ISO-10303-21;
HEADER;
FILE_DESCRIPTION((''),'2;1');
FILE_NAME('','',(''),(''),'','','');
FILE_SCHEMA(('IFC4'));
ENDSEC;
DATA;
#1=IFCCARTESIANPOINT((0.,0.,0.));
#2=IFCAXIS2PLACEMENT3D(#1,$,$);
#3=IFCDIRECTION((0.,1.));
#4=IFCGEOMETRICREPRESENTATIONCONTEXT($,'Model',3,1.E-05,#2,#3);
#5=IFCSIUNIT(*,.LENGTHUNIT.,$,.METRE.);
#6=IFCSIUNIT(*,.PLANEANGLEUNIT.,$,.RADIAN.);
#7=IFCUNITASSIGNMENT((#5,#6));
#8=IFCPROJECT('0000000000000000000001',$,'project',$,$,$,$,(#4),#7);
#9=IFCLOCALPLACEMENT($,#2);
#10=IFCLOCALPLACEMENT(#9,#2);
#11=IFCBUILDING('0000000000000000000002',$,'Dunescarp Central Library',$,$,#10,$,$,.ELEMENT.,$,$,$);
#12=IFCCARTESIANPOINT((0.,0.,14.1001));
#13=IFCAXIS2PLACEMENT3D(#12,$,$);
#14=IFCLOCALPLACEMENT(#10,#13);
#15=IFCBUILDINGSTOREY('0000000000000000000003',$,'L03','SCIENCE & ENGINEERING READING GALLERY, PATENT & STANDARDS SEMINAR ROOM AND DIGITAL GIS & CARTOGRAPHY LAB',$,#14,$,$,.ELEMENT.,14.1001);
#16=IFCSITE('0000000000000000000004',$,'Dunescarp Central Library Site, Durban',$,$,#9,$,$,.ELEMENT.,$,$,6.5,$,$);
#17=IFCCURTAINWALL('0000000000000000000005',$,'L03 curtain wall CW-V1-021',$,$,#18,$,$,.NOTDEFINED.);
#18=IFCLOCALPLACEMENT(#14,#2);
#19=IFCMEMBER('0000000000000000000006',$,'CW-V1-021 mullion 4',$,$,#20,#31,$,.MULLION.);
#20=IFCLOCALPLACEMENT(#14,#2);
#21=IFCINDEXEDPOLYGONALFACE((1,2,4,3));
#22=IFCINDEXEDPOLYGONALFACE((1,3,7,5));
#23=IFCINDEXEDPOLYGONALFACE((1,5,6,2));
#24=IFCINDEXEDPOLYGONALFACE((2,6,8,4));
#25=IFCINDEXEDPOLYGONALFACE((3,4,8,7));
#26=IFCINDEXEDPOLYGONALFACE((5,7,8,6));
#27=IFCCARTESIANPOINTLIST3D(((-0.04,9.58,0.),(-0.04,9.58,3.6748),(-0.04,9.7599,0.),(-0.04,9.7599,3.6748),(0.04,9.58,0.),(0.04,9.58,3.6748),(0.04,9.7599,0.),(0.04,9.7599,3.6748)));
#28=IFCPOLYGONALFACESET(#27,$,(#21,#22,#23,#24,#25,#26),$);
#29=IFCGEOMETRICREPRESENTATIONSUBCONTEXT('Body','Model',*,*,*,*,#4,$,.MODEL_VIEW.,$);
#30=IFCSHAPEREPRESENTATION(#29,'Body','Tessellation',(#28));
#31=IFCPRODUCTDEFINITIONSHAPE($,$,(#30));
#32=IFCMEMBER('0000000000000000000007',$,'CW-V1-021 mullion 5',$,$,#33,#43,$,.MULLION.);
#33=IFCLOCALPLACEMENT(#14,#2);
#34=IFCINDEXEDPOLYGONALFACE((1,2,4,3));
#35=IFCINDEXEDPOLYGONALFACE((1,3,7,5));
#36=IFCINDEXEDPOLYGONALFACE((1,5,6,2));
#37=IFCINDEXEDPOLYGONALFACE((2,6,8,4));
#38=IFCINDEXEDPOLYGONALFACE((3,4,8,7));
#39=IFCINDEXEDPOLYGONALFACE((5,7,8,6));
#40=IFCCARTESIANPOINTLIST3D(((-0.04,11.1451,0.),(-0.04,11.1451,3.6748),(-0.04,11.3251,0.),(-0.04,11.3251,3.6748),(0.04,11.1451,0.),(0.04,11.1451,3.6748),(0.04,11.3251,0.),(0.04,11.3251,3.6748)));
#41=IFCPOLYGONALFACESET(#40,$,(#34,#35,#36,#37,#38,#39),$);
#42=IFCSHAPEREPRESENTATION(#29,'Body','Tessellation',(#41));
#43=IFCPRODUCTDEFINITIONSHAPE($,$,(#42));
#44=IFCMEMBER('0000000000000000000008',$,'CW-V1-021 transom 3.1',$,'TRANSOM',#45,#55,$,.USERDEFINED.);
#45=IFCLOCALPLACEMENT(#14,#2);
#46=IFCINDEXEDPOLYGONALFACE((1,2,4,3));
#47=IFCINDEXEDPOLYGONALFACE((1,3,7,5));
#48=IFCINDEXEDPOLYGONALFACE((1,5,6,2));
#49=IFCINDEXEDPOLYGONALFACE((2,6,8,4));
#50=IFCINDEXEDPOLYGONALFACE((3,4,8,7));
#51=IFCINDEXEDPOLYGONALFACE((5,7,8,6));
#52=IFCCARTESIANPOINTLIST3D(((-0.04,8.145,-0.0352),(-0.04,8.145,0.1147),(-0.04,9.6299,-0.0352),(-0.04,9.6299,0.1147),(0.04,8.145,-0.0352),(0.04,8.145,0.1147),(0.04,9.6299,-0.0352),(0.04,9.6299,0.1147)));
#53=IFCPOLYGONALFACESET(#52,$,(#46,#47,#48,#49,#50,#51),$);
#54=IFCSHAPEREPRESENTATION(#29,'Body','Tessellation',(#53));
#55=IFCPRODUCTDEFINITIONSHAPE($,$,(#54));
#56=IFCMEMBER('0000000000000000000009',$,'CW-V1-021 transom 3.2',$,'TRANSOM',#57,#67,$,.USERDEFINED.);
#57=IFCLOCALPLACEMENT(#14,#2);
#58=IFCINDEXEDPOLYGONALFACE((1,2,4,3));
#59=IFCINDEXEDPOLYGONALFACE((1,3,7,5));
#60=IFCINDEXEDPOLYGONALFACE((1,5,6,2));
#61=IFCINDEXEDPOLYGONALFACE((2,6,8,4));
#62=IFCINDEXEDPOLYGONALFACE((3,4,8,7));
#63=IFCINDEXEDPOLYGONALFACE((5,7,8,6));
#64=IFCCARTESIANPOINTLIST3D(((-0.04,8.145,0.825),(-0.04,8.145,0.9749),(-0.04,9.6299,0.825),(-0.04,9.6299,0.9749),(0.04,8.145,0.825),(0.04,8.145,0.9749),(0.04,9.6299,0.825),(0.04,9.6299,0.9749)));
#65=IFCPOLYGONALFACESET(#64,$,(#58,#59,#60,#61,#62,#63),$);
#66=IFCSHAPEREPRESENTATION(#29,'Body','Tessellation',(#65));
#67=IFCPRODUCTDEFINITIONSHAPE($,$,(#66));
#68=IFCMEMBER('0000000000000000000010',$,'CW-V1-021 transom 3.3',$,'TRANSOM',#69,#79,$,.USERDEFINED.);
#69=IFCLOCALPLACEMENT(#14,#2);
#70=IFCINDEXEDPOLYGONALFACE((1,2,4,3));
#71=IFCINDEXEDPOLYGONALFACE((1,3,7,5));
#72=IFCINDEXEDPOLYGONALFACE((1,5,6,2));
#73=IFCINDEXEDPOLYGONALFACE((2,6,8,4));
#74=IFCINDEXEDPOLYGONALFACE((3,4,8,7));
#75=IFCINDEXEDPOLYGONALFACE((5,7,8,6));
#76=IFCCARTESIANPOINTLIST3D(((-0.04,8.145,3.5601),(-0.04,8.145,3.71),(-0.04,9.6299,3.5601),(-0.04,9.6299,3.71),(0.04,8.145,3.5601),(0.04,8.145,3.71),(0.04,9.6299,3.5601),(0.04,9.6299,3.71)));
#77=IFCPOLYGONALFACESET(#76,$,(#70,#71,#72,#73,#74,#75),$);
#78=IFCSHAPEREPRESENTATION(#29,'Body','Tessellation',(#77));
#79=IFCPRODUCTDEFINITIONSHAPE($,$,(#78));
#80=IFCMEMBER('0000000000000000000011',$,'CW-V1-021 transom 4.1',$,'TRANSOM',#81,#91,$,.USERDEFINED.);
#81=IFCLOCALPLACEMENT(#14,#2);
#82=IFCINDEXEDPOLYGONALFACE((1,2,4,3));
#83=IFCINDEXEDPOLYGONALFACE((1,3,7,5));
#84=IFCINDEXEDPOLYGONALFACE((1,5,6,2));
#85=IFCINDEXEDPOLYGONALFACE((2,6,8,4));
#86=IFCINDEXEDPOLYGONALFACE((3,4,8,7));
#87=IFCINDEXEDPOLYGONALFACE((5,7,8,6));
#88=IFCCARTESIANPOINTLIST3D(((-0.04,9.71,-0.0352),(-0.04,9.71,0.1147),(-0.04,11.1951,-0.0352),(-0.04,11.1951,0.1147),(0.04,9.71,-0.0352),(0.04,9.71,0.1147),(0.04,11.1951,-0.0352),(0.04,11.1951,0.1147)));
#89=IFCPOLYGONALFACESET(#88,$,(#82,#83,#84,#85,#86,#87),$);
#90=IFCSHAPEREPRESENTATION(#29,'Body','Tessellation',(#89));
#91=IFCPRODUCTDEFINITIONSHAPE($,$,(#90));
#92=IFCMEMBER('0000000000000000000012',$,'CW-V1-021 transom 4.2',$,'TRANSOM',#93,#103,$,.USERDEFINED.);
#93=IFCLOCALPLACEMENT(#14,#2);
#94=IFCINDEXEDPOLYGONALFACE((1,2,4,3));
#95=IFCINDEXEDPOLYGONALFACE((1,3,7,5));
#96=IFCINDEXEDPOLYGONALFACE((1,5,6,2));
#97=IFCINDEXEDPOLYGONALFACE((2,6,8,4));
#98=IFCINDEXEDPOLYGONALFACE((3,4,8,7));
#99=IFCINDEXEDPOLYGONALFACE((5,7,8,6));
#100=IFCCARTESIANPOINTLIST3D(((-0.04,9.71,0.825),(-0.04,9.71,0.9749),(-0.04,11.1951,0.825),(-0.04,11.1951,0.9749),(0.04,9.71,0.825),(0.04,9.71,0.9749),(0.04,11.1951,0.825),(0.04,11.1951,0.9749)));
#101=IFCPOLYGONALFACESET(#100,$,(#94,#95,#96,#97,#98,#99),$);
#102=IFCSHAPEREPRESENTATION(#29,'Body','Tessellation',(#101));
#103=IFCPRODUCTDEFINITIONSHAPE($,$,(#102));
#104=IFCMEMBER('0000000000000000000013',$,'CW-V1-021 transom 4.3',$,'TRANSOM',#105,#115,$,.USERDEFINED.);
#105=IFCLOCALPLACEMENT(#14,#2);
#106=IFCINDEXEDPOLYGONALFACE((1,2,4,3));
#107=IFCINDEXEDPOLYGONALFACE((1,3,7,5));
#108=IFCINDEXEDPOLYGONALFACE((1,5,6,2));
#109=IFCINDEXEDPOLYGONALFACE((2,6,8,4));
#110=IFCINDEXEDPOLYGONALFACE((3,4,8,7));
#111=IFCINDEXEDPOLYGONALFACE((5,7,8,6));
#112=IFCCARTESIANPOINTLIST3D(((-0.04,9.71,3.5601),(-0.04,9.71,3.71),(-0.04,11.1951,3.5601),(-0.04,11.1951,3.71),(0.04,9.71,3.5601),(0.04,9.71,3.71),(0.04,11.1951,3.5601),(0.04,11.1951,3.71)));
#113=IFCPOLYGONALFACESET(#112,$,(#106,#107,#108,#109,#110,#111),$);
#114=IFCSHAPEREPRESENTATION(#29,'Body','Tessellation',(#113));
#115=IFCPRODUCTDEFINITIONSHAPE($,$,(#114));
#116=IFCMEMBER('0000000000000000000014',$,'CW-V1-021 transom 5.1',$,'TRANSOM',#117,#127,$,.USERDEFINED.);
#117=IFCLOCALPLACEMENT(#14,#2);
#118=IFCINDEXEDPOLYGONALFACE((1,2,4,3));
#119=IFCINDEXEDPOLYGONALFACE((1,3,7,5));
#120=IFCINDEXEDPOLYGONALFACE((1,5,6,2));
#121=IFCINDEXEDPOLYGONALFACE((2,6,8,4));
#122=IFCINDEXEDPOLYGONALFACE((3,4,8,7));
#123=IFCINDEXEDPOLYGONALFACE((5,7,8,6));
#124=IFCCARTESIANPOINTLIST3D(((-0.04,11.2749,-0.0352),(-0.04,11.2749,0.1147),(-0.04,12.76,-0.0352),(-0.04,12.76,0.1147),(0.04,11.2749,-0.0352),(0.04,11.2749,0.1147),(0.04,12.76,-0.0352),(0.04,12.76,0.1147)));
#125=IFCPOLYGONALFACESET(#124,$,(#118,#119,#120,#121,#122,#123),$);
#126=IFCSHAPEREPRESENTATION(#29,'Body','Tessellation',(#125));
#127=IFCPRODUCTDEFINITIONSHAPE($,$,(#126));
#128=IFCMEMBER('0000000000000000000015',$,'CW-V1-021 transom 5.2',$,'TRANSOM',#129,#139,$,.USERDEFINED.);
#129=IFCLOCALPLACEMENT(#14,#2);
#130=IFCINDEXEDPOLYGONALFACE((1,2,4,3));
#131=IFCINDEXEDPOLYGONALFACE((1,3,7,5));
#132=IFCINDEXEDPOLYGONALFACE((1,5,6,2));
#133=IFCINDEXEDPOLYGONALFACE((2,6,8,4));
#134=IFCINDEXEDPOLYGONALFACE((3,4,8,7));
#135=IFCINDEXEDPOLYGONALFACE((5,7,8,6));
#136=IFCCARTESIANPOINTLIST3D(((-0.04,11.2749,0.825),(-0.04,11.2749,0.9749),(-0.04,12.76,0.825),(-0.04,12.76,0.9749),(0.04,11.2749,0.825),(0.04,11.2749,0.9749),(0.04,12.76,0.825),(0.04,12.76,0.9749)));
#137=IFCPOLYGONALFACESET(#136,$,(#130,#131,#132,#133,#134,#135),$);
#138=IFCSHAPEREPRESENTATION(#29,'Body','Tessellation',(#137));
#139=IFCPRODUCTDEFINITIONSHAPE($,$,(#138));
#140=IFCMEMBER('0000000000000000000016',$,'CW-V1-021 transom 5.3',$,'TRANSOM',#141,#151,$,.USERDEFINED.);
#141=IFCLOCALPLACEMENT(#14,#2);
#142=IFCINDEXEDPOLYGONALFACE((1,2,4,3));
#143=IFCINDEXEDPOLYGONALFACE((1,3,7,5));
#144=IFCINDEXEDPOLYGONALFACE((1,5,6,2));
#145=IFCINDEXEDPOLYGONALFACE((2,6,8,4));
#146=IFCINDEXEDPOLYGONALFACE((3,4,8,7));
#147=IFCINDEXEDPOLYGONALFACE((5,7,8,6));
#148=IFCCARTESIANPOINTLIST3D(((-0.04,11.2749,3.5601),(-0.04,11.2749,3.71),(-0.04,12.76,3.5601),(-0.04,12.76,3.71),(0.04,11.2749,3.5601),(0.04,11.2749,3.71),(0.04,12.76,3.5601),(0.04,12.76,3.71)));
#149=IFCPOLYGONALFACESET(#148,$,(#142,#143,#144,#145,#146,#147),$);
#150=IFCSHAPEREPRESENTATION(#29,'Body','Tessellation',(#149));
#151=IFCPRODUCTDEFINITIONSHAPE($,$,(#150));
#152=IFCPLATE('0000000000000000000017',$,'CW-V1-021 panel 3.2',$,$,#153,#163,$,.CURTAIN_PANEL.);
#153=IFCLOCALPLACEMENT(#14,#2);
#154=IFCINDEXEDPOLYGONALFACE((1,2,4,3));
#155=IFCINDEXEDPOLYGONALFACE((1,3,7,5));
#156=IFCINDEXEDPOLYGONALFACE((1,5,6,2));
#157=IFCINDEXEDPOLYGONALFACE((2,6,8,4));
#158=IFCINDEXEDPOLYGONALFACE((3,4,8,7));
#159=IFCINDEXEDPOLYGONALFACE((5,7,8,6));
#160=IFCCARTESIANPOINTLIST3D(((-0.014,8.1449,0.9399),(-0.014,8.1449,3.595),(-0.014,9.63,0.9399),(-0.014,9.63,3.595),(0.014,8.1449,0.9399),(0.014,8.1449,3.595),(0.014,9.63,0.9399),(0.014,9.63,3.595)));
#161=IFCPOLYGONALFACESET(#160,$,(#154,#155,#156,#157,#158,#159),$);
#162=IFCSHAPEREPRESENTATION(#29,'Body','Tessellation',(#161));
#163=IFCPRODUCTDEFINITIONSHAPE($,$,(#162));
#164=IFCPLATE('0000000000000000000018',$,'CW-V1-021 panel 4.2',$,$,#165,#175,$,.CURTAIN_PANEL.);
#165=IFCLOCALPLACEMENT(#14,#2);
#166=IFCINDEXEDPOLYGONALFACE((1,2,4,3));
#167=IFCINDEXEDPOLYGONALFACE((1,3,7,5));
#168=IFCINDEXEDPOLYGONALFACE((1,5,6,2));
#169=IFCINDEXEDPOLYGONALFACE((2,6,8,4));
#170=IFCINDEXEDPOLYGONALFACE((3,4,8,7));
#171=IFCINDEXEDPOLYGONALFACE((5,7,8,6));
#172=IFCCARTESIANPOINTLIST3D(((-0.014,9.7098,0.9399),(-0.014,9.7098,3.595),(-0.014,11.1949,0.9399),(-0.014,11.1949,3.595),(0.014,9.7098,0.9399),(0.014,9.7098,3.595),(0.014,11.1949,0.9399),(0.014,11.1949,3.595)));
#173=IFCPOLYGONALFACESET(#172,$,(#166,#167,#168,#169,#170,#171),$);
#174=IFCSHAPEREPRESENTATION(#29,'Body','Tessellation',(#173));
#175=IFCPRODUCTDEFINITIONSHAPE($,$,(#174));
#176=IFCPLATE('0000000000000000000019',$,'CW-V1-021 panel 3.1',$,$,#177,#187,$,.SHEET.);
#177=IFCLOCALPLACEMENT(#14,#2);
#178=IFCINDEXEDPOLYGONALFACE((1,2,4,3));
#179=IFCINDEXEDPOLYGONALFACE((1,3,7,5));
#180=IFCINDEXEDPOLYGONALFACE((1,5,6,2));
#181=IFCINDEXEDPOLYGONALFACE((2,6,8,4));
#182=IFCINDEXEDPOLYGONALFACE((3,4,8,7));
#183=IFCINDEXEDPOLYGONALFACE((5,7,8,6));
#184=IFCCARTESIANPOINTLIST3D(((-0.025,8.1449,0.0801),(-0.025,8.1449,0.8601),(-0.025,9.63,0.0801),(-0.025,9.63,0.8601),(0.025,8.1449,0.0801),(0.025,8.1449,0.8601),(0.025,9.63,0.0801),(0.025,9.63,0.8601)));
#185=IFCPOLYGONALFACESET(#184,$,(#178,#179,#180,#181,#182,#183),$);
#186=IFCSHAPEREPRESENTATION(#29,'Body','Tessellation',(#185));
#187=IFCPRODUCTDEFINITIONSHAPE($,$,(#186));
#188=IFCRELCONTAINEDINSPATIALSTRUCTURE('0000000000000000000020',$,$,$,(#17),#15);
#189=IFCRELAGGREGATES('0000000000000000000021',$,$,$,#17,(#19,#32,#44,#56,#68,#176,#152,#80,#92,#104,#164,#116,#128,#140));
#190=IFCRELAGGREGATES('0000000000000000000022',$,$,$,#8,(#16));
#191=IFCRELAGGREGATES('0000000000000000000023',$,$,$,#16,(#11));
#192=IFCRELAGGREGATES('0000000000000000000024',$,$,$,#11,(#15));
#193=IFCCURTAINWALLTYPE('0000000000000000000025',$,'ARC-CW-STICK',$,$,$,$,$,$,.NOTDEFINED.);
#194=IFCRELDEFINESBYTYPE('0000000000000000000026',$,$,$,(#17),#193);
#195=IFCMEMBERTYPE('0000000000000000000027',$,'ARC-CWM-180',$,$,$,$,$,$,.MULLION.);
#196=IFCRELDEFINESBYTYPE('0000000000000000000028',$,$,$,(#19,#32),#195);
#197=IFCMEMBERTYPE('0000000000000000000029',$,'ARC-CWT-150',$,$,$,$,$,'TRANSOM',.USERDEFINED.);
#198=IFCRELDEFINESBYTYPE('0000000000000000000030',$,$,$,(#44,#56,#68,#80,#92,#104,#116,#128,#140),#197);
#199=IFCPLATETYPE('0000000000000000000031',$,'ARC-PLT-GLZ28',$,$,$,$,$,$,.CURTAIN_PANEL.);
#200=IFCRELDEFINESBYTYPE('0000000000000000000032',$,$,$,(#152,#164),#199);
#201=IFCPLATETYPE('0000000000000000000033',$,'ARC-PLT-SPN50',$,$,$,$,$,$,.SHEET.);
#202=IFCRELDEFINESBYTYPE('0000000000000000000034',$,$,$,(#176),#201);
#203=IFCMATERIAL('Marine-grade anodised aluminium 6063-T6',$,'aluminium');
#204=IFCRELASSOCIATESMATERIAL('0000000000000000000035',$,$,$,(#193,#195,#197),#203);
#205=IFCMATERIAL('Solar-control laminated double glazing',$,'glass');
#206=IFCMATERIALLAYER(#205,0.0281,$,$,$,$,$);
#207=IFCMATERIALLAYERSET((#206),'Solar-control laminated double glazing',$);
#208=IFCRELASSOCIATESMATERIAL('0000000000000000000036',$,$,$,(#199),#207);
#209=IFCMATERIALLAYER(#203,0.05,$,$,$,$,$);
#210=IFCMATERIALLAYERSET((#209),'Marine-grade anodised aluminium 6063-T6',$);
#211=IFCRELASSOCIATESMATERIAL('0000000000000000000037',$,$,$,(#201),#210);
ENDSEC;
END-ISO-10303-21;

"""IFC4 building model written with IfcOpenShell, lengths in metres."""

from ifc_helpers import new_model, si_unit, direction, frame, origin, origin_2d, place, context, subcontext, project, spatial, rectangle, extrude, material, layer, layer_set, material_profile, profile_set, type_object, element, aggregate, save


model = new_model("IFC4")

# Units and contexts
model_context = context("Model", 3, precision=1e-05, world=origin(), true_north=direction((0.0, 1.0)))
body_context = subcontext(model_context, "Body", "Model", "MODEL_VIEW")
ifc_project = project(units=[si_unit("LENGTHUNIT", "METRE"), si_unit("PLANEANGLEUNIT", "RADIAN")], contexts=[model_context])

# Site, building, storey
site_placement = place(None, origin())
site = spatial("IfcSite", under=ifc_project, at=site_placement, Name="Dunescarp Central Library Site, Durban", CompositionType="ELEMENT", RefElevation=6.5)
building_placement = place(site_placement, origin())
building = spatial("IfcBuilding", under=site, at=building_placement, Name="Dunescarp Central Library", CompositionType="ELEMENT")
storey_placement = place(building_placement, frame((0.0, 0.0, 14.1001)))
storey = spatial("IfcBuildingStorey", under=building, at=storey_placement, Name="L03", Description="SCIENCE & ENGINEERING READING GALLERY, PATENT & STANDARDS SEMINAR ROOM AND DIGITAL GIS & CARTOGRAPHY LAB", CompositionType="ELEMENT", Elevation=14.1001)

# Curtain wall, members, plates
ifc_material_1 = material(Name="Marine-grade anodised aluminium 6063-T6", Category="aluminium")
curtain_wall_type = type_object("IfcCurtainWallType", Name="ARC-CW-STICK", PredefinedType="NOTDEFINED", material=ifc_material_1)
curtain_wall_placement = place(storey_placement, origin())
curtain_wall = element("IfcCurtainWall", 1, at=curtain_wall_placement, inside=storey, type_object=curtain_wall_type, Name="L03 curtain wall CW-V1-021", PredefinedType="NOTDEFINED")
ifc_material_profile_1 = material_profile(ifc_material_1, rectangle(XDim=0.0801, YDim=0.1799, at=origin_2d()), Name="AL 80x180")
ifc_profile_set_1 = profile_set([ifc_material_profile_1], Name="Marine-grade anodised aluminium 6063-T6")
member_type_1 = type_object("IfcMemberType", Name="ARC-CWM-180", PredefinedType="MULLION", material=ifc_profile_set_1)
member_1_placement = place(storey_placement, frame((0.0, 9.6699, 0.0), z_axis=(0.0, 0.0, 1.0), x_axis=(-1.0, 0.0, 0.0)))
member_1 = element("IfcMember", 2, at=member_1_placement, type_object=member_type_1, Name="CW-V1-021 mullion 4", PredefinedType="MULLION", context=body_context, shape_type="SweptSolid", body=[
    extrude(rectangle(XDim=0.0801, YDim=0.1799, at=origin_2d()), origin(), (0.0, 0.0, 1.0), 3.6748),
])
member_2_placement = place(storey_placement, frame((0.0, 11.2351, 0.0), z_axis=(0.0, 0.0, 1.0), x_axis=(-1.0, 0.0, 0.0)))
member_2 = element("IfcMember", 3, at=member_2_placement, type_object=member_type_1, Name="CW-V1-021 mullion 5", PredefinedType="MULLION", context=body_context, shape_type="SweptSolid", body=[
    extrude(rectangle(XDim=0.0801, YDim=0.1799, at=origin_2d()), origin(), (0.0, 0.0, 1.0), 3.6748),
])
ifc_material_profile_2 = material_profile(ifc_material_1, rectangle(XDim=0.0801, YDim=0.1499, at=origin_2d()), Name="AL 80x150")
ifc_profile_set_2 = profile_set([ifc_material_profile_2], Name="Marine-grade anodised aluminium 6063-T6")
member_type_2 = type_object("IfcMemberType", Name="ARC-CWT-150", ElementType="TRANSOM", PredefinedType="USERDEFINED", material=ifc_profile_set_2)
member_3_placement = place(storey_placement, frame((0.0, 8.145, 0.0398), z_axis=(0.0, 1.0, 0.0), x_axis=(-1.0, 0.0, 0.0)))
member_3 = element("IfcMember", 4, at=member_3_placement, type_object=member_type_2, Name="CW-V1-021 transom 3.1", ObjectType="TRANSOM", PredefinedType="USERDEFINED", context=body_context, shape_type="SweptSolid", body=[
    extrude(rectangle(XDim=0.0801, YDim=0.1499, at=origin_2d()), origin(), (0.0, 0.0, 1.0), 1.4849),
])
member_4_placement = place(storey_placement, frame((0.0, 8.145, 0.8999), z_axis=(0.0, 1.0, 0.0), x_axis=(-1.0, 0.0, 0.0)))
member_4 = element("IfcMember", 5, at=member_4_placement, type_object=member_type_2, Name="CW-V1-021 transom 3.2", ObjectType="TRANSOM", PredefinedType="USERDEFINED", context=body_context, shape_type="SweptSolid", body=[
    extrude(rectangle(XDim=0.0801, YDim=0.1499, at=origin_2d()), origin(), (0.0, 0.0, 1.0), 1.4849),
])
member_5_placement = place(storey_placement, frame((0.0, 8.145, 3.635), z_axis=(0.0, 1.0, 0.0), x_axis=(-1.0, 0.0, 0.0)))
member_5 = element("IfcMember", 6, at=member_5_placement, type_object=member_type_2, Name="CW-V1-021 transom 3.3", ObjectType="TRANSOM", PredefinedType="USERDEFINED", context=body_context, shape_type="SweptSolid", body=[
    extrude(rectangle(XDim=0.0801, YDim=0.1499, at=origin_2d()), origin(), (0.0, 0.0, 1.0), 1.4849),
])
member_6_placement = place(storey_placement, frame((0.0, 9.71, 0.0398), z_axis=(0.0, 1.0, 0.0), x_axis=(-1.0, 0.0, 0.0)))
member_6 = element("IfcMember", 7, at=member_6_placement, type_object=member_type_2, Name="CW-V1-021 transom 4.1", ObjectType="TRANSOM", PredefinedType="USERDEFINED", context=body_context, shape_type="SweptSolid", body=[
    extrude(rectangle(XDim=0.0801, YDim=0.1499, at=origin_2d()), origin(), (0.0, 0.0, 1.0), 1.4851),
])
member_7_placement = place(storey_placement, frame((0.0, 9.71, 0.8999), z_axis=(0.0, 1.0, 0.0), x_axis=(-1.0, 0.0, 0.0)))
member_7 = element("IfcMember", 8, at=member_7_placement, type_object=member_type_2, Name="CW-V1-021 transom 4.2", ObjectType="TRANSOM", PredefinedType="USERDEFINED", context=body_context, shape_type="SweptSolid", body=[
    extrude(rectangle(XDim=0.0801, YDim=0.1499, at=origin_2d()), origin(), (0.0, 0.0, 1.0), 1.4851),
])
member_8_placement = place(storey_placement, frame((0.0, 9.71, 3.635), z_axis=(0.0, 1.0, 0.0), x_axis=(-1.0, 0.0, 0.0)))
member_8 = element("IfcMember", 9, at=member_8_placement, type_object=member_type_2, Name="CW-V1-021 transom 4.3", ObjectType="TRANSOM", PredefinedType="USERDEFINED", context=body_context, shape_type="SweptSolid", body=[
    extrude(rectangle(XDim=0.0801, YDim=0.1499, at=origin_2d()), origin(), (0.0, 0.0, 1.0), 1.4851),
])
member_9_placement = place(storey_placement, frame((0.0, 11.2749, 0.0398), z_axis=(0.0, 1.0, 0.0), x_axis=(-1.0, 0.0, 0.0)))
member_9 = element("IfcMember", 10, at=member_9_placement, type_object=member_type_2, Name="CW-V1-021 transom 5.1", ObjectType="TRANSOM", PredefinedType="USERDEFINED", context=body_context, shape_type="SweptSolid", body=[
    extrude(rectangle(XDim=0.0801, YDim=0.1499, at=origin_2d()), origin(), (0.0, 0.0, 1.0), 1.4851),
])
member_10_placement = place(storey_placement, frame((0.0, 11.2749, 0.8999), z_axis=(0.0, 1.0, 0.0), x_axis=(-1.0, 0.0, 0.0)))
member_10 = element("IfcMember", 11, at=member_10_placement, type_object=member_type_2, Name="CW-V1-021 transom 5.2", ObjectType="TRANSOM", PredefinedType="USERDEFINED", context=body_context, shape_type="SweptSolid", body=[
    extrude(rectangle(XDim=0.0801, YDim=0.1499, at=origin_2d()), origin(), (0.0, 0.0, 1.0), 1.4851),
])
member_11_placement = place(storey_placement, frame((0.0, 11.2749, 3.635), z_axis=(0.0, 1.0, 0.0), x_axis=(-1.0, 0.0, 0.0)))
member_11 = element("IfcMember", 12, at=member_11_placement, type_object=member_type_2, Name="CW-V1-021 transom 5.3", ObjectType="TRANSOM", PredefinedType="USERDEFINED", context=body_context, shape_type="SweptSolid", body=[
    extrude(rectangle(XDim=0.0801, YDim=0.1499, at=origin_2d()), origin(), (0.0, 0.0, 1.0), 1.4851),
])
ifc_material_2 = material(Name="Solar-control laminated double glazing", Category="glass")
ifc_layer_1 = layer(ifc_material_2, 0.0281)
ifc_layer_set_1 = layer_set([ifc_layer_1], Name="Solar-control laminated double glazing")
plate_type_1 = type_object("IfcPlateType", Name="ARC-PLT-GLZ28", PredefinedType="CURTAIN_PANEL", material=ifc_layer_set_1)
plate_1_placement = place(storey_placement, frame((0.0, 8.8875, 0.9399), z_axis=(0.0, 0.0, 1.0), x_axis=(0.0, 1.0, 0.0)))
plate_1 = element("IfcPlate", 13, at=plate_1_placement, type_object=plate_type_1, Name="CW-V1-021 panel 3.2", PredefinedType="CURTAIN_PANEL", context=body_context, shape_type="SweptSolid", body=[
    extrude(rectangle(XDim=1.4851, YDim=0.0281, at=origin_2d()), origin(), (0.0, 0.0, 1.0), 2.655),
])
plate_2_placement = place(storey_placement, frame((0.0, 10.4524, 0.9399), z_axis=(0.0, 0.0, 1.0), x_axis=(0.0, 1.0, 0.0)))
plate_2 = element("IfcPlate", 14, at=plate_2_placement, type_object=plate_type_1, Name="CW-V1-021 panel 4.2", PredefinedType="CURTAIN_PANEL", context=body_context, shape_type="SweptSolid", body=[
    extrude(rectangle(XDim=1.4851, YDim=0.0281, at=origin_2d()), origin(), (0.0, 0.0, 1.0), 2.655),
])
ifc_layer_2 = layer(ifc_material_1, 0.05)
ifc_layer_set_2 = layer_set([ifc_layer_2], Name="Marine-grade anodised aluminium 6063-T6")
plate_type_2 = type_object("IfcPlateType", Name="ARC-PLT-SPN50", PredefinedType="SHEET", material=ifc_layer_set_2)
plate_3_placement = place(storey_placement, frame((0.0, 8.8875, 0.0801), z_axis=(0.0, 0.0, 1.0), x_axis=(0.0, 1.0, 0.0)))
plate_3 = element("IfcPlate", 15, at=plate_3_placement, type_object=plate_type_2, Name="CW-V1-021 panel 3.1", PredefinedType="SHEET", context=body_context, shape_type="SweptSolid", body=[
    extrude(rectangle(XDim=1.4851, YDim=0.05, at=origin_2d()), origin(), (0.0, 0.0, 1.0), 0.78),
])
aggregate(curtain_wall, [member_1, member_2, member_3, member_4, member_5, plate_3, plate_1, member_6, member_7, member_8, plate_2, member_9, member_10, member_11])

save(model, "model.ifc")
